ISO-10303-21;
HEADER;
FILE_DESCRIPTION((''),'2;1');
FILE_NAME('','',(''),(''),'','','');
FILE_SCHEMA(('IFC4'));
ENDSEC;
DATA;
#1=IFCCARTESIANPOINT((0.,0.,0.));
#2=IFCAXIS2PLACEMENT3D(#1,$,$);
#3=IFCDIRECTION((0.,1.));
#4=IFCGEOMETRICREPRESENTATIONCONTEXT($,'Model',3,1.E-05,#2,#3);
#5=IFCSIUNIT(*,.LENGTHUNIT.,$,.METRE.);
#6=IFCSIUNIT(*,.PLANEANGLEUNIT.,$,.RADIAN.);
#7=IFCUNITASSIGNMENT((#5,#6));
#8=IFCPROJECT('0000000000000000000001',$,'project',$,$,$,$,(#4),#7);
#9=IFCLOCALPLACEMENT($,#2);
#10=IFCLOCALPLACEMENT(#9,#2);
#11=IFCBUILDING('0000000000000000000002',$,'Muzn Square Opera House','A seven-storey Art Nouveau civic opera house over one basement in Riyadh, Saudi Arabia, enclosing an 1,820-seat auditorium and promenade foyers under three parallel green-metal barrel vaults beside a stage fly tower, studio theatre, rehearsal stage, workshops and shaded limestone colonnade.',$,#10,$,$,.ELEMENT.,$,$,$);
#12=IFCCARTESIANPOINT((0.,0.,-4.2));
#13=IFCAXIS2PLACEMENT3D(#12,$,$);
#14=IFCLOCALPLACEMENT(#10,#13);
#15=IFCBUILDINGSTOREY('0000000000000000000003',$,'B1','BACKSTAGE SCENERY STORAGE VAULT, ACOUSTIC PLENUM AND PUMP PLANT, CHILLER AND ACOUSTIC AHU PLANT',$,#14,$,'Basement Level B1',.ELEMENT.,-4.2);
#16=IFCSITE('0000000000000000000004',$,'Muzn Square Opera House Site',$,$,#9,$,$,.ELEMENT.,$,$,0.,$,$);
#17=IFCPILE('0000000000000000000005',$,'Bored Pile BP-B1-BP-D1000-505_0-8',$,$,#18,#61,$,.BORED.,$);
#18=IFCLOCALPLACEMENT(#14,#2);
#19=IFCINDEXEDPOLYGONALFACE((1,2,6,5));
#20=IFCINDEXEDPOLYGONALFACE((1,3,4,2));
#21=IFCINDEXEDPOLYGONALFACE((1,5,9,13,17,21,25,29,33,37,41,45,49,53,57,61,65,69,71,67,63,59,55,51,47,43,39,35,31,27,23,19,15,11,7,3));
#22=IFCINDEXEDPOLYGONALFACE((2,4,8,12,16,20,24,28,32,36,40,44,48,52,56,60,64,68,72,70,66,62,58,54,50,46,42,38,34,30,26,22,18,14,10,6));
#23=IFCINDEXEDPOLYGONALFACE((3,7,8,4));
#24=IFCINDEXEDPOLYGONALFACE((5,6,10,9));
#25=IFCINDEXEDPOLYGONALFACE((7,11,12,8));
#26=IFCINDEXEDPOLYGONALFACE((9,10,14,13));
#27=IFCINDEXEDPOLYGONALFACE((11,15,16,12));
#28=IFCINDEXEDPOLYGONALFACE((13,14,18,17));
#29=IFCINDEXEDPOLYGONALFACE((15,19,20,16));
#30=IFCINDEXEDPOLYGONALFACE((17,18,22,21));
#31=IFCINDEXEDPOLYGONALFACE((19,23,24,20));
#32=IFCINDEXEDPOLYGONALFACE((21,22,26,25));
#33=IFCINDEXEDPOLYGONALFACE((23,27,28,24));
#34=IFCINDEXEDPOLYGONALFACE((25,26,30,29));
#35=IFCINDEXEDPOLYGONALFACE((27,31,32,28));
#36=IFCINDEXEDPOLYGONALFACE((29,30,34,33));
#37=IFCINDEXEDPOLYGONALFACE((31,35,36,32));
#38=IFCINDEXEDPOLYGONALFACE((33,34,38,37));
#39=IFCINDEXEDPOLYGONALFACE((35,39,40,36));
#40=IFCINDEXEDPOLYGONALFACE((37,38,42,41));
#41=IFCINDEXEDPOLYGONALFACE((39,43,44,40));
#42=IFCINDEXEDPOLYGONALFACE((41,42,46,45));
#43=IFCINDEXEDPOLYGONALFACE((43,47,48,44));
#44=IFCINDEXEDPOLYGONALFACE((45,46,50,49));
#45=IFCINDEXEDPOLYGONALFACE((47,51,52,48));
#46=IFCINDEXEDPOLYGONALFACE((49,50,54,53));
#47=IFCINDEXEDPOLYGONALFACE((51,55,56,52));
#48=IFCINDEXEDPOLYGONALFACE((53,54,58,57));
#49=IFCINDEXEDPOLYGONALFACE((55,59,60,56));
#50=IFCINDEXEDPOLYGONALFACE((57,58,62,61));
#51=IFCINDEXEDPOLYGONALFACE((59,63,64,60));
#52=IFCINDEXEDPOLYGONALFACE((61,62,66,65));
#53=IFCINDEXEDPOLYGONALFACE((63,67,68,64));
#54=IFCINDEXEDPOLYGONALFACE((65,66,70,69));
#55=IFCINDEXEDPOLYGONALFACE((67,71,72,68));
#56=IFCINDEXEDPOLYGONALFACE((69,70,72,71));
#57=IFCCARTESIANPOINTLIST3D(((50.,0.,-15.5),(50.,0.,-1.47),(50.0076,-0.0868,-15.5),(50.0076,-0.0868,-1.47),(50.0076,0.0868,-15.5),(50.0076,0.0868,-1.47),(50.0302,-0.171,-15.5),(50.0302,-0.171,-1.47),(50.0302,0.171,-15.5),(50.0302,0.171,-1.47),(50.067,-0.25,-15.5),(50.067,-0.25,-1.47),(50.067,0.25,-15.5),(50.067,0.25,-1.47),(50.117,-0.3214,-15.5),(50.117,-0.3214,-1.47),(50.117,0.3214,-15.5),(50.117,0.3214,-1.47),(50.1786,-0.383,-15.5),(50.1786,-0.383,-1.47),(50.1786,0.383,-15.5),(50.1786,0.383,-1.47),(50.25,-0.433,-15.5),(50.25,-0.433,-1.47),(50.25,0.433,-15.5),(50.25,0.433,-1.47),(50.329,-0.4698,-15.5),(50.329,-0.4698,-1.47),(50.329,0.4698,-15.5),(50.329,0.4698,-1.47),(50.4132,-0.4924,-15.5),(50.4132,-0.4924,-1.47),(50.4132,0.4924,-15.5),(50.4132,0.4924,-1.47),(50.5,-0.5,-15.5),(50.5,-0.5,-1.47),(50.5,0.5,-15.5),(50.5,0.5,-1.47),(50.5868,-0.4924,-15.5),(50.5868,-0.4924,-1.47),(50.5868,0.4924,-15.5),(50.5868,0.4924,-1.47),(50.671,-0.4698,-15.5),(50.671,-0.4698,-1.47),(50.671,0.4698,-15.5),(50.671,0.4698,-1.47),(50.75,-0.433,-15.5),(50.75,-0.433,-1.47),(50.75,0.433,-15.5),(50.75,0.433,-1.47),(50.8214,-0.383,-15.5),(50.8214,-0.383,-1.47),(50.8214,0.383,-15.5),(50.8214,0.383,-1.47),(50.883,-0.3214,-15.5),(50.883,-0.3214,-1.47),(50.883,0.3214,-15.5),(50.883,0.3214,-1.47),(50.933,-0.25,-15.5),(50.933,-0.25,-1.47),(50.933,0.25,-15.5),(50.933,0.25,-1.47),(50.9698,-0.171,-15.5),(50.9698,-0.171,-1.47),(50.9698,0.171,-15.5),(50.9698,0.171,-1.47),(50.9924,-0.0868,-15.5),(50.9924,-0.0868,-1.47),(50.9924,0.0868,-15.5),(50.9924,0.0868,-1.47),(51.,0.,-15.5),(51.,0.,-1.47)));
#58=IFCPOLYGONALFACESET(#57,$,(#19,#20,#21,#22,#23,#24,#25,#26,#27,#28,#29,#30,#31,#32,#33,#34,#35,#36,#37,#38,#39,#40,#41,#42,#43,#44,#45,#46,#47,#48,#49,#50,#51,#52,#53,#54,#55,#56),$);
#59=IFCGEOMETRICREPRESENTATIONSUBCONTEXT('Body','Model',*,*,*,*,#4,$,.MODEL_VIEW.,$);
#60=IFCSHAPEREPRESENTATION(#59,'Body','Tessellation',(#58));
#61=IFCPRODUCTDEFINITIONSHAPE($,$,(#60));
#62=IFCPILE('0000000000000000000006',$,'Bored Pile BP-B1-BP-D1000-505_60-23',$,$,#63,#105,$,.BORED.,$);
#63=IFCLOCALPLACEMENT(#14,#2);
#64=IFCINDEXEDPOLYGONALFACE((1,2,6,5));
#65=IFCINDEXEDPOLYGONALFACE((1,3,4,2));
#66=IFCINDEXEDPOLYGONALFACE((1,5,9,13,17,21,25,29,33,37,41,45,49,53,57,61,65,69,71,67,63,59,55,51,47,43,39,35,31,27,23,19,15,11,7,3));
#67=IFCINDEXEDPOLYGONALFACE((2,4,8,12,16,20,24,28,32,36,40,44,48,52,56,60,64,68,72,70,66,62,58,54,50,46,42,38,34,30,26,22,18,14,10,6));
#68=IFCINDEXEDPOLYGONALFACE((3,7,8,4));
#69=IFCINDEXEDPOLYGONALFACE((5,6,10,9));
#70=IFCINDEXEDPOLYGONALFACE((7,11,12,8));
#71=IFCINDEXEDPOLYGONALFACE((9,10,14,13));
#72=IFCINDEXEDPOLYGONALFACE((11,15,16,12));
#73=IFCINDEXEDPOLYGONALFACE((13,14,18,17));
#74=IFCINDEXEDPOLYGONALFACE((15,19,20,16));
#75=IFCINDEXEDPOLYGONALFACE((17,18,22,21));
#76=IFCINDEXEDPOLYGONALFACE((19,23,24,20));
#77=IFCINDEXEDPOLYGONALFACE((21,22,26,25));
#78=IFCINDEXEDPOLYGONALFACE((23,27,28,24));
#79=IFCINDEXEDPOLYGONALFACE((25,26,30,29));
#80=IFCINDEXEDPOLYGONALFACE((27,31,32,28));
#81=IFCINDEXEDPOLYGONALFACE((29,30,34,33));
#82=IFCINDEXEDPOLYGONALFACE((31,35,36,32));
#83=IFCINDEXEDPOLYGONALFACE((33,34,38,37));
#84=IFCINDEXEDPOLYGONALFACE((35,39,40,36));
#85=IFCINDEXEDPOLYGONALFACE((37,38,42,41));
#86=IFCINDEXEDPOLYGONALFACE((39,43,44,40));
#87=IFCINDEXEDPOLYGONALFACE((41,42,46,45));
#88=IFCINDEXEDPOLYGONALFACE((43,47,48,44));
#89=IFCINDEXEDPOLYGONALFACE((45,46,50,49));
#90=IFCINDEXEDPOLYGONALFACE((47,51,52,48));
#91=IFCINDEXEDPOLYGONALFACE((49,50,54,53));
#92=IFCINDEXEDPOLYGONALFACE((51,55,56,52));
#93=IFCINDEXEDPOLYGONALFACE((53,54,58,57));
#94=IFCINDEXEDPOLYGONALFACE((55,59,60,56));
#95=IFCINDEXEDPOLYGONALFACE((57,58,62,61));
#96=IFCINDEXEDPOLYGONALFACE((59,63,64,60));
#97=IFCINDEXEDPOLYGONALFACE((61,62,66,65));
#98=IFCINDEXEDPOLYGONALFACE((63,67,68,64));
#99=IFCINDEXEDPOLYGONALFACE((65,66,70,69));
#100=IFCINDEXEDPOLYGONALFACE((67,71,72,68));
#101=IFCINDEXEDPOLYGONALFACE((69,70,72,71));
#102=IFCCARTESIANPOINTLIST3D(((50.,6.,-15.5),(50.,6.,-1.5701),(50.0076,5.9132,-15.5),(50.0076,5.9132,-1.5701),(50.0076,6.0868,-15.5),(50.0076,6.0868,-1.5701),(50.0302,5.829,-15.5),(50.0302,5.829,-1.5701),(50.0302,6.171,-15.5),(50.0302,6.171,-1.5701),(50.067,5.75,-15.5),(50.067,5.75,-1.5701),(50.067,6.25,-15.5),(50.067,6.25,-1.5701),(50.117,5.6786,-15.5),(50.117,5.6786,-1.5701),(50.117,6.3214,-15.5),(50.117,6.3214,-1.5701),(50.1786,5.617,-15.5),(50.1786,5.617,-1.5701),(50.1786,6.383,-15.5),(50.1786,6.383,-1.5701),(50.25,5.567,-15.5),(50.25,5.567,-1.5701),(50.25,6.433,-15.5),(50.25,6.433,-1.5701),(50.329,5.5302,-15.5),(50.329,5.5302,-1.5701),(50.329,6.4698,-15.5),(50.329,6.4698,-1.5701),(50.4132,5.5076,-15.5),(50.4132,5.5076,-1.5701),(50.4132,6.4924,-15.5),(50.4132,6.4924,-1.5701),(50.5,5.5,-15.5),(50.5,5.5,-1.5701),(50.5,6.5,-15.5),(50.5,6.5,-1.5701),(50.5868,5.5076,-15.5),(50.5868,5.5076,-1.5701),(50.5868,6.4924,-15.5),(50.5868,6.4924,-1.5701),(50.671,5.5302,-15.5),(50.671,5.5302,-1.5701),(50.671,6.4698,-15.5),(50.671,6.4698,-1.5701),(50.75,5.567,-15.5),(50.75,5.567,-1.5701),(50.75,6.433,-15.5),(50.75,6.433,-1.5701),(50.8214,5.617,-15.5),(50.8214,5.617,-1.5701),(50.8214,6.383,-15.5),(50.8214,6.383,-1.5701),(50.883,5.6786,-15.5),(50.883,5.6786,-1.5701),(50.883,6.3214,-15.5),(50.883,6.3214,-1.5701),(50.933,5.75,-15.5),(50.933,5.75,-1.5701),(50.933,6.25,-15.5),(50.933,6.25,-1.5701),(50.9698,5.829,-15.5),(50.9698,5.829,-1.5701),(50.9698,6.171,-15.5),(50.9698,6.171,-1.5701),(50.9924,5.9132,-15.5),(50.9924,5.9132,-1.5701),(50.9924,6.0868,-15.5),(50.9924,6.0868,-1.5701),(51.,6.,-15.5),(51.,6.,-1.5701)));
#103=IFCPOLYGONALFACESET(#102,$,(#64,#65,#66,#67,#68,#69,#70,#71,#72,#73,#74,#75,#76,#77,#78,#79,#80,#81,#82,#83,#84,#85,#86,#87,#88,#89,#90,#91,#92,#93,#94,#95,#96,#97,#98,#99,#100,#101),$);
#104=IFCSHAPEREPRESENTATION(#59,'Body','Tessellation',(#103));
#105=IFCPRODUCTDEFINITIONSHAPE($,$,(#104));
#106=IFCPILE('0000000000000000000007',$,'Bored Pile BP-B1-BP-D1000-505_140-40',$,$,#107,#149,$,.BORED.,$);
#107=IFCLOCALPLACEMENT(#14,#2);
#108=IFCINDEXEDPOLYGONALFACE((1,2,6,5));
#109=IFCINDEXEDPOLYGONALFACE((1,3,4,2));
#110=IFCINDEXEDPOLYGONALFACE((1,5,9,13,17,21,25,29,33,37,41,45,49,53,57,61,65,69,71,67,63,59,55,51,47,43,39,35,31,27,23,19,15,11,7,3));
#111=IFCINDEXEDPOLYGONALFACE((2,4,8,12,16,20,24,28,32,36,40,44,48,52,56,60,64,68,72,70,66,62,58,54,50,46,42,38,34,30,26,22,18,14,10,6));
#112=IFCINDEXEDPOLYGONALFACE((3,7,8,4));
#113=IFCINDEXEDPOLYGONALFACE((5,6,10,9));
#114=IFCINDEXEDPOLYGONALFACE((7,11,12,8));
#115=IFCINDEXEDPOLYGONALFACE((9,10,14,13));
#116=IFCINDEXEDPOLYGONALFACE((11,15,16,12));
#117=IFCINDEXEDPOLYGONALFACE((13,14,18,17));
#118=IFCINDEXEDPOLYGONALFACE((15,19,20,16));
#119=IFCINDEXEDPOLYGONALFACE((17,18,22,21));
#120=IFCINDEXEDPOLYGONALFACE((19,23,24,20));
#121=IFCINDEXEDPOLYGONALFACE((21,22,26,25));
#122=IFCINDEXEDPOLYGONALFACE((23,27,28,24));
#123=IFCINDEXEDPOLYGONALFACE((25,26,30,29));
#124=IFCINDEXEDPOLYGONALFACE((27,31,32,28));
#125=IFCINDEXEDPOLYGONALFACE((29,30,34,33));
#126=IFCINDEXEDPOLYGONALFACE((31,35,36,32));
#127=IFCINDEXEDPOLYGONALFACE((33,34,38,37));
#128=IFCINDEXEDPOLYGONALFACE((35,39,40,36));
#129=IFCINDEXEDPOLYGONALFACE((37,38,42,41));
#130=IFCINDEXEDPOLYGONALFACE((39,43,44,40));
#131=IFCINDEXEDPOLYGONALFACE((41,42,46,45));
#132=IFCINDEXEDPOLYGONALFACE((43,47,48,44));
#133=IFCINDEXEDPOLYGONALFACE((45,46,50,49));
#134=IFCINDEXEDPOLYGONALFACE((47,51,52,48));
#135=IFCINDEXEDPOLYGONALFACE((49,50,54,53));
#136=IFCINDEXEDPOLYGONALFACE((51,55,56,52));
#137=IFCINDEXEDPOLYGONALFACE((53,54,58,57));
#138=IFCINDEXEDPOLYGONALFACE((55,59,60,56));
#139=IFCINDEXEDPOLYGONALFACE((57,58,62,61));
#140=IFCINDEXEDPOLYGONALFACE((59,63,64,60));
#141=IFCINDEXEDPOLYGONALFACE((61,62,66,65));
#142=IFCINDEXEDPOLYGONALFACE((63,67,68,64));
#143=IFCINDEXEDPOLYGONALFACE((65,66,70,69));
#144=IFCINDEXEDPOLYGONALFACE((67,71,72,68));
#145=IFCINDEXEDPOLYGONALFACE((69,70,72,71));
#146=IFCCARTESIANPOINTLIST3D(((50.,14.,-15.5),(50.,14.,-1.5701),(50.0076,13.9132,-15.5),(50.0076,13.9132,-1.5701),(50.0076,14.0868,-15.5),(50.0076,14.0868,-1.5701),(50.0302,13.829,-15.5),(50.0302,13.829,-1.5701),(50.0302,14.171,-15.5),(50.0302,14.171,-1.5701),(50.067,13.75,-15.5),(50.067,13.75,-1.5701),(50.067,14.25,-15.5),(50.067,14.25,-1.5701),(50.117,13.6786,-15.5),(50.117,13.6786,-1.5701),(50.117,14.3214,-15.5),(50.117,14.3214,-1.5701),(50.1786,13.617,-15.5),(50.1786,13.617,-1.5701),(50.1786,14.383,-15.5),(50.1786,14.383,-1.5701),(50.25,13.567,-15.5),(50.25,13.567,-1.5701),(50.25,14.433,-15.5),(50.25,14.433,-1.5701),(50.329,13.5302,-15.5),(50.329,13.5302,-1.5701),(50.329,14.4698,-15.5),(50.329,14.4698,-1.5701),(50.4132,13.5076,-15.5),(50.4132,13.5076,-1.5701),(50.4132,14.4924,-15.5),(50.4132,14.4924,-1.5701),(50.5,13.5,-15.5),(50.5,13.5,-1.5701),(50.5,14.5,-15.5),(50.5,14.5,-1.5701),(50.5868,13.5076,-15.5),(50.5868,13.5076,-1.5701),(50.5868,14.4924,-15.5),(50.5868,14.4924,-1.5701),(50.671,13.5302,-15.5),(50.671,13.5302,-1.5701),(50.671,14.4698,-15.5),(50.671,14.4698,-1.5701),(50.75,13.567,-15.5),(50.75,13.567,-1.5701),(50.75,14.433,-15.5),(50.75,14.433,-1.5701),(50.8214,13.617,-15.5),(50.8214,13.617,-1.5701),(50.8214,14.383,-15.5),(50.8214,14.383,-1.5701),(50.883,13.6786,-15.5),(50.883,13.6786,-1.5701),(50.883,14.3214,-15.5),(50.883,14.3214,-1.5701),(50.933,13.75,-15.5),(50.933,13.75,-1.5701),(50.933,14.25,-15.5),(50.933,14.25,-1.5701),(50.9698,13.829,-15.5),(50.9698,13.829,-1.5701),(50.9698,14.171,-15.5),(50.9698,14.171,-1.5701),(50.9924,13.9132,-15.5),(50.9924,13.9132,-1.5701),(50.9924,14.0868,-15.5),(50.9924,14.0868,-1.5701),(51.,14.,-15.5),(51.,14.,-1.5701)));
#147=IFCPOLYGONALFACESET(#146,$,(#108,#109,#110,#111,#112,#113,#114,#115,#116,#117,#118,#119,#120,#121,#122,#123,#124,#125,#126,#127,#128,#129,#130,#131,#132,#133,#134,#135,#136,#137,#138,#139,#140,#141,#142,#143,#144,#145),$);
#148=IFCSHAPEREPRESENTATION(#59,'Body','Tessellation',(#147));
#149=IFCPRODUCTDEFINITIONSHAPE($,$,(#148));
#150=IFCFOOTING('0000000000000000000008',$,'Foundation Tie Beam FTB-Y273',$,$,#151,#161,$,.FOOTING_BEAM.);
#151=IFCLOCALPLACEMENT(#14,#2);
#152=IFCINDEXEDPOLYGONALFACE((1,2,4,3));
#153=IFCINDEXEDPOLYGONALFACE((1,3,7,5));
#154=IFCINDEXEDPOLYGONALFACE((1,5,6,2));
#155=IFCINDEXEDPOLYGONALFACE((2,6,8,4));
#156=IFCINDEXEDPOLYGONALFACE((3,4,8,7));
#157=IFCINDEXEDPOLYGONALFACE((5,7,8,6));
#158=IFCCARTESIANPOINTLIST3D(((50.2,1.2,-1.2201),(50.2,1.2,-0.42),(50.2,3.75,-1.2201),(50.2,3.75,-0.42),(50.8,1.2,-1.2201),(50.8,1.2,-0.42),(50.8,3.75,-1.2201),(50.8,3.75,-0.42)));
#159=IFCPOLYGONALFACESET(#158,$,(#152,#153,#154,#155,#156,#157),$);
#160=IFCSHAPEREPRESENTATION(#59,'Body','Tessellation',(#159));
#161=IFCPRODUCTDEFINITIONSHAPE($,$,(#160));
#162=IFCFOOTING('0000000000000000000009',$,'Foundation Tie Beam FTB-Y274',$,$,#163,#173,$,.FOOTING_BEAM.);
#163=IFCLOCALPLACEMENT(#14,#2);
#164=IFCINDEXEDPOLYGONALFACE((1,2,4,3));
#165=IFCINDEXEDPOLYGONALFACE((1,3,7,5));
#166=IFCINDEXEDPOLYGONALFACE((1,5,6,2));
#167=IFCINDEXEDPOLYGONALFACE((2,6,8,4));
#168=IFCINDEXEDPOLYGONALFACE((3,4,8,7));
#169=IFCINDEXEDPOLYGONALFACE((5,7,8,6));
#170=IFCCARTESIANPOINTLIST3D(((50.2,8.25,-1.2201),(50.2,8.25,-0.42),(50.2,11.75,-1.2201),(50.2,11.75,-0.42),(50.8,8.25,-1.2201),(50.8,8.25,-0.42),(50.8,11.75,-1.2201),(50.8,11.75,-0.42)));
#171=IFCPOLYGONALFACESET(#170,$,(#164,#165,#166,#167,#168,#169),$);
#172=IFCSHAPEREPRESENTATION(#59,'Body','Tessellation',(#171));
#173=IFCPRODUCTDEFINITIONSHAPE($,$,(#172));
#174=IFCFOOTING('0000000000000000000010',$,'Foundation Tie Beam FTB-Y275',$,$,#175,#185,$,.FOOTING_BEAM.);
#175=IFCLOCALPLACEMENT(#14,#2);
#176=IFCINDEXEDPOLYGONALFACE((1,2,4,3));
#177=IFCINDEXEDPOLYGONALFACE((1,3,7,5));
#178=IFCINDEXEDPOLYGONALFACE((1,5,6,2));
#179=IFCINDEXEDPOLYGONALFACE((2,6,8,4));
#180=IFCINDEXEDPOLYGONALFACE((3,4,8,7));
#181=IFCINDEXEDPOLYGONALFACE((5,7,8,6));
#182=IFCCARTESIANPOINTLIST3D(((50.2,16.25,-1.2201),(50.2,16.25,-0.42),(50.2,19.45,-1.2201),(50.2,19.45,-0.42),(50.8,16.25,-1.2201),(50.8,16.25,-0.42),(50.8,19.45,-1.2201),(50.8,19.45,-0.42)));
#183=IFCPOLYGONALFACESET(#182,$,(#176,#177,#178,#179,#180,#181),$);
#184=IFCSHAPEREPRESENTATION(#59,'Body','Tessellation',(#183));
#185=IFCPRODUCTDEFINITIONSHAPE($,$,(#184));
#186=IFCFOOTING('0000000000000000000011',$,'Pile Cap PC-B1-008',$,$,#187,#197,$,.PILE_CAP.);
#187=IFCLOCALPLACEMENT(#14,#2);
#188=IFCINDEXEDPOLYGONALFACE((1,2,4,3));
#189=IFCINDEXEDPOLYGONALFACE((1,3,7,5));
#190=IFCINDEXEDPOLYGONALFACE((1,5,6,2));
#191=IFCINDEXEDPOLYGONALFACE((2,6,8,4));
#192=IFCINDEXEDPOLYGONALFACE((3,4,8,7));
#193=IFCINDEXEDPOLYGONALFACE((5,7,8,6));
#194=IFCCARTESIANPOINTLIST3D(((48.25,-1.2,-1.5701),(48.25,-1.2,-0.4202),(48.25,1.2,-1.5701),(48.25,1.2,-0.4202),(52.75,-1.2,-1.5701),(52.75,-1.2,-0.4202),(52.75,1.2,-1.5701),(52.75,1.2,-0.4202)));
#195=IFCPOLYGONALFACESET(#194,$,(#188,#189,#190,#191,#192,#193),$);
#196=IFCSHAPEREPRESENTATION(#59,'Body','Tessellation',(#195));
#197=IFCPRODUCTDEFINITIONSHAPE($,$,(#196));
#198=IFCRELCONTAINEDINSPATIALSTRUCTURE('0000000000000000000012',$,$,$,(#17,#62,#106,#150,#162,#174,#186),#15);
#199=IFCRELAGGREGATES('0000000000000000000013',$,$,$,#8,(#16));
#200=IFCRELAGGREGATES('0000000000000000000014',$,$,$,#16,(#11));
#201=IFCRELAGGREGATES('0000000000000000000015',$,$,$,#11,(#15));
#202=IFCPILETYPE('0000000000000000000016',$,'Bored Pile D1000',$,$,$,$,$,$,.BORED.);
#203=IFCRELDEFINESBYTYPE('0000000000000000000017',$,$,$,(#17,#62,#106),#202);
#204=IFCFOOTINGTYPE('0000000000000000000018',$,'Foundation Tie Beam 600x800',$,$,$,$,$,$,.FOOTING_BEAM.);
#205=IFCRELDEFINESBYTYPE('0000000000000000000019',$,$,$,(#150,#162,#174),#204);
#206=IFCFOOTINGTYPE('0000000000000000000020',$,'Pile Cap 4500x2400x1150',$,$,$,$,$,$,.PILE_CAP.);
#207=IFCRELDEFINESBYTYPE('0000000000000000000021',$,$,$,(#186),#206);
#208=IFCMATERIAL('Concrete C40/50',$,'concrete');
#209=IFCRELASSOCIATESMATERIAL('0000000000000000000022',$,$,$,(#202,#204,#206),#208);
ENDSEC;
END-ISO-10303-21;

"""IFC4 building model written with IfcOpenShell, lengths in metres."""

from ifc_helpers import new_model, si_unit, direction, frame, origin, origin_2d, place, context, subcontext, project, spatial, rectangle, circle, extrude, material, material_profile, profile_set, type_object, element, save


model = new_model("IFC4")

# Units and contexts
model_context = context("Model", 3, precision=1e-05, world=origin(), true_north=direction((0.0, 1.0)))
body_context = subcontext(model_context, "Body", "Model", "MODEL_VIEW")
ifc_project = project(units=[si_unit("LENGTHUNIT", "METRE"), si_unit("PLANEANGLEUNIT", "RADIAN")], contexts=[model_context])

# Site, building, storey
site_placement = place(None, origin())
site = spatial("IfcSite", under=ifc_project, at=site_placement, Name="Muzn Square Opera House Site", CompositionType="ELEMENT", RefElevation=0.0)
building_placement = place(site_placement, origin())
building = spatial("IfcBuilding", under=site, at=building_placement, Name="Muzn Square Opera House", Description="A seven-storey Art Nouveau civic opera house over one basement in Riyadh, Saudi Arabia, enclosing an 1,820-seat auditorium and promenade foyers under three parallel green-metal barrel vaults beside a stage fly tower, studio theatre, rehearsal stage, workshops and shaded limestone colonnade.", CompositionType="ELEMENT")
storey_placement = place(building_placement, frame((0.0, 0.0, -4.2)))
storey = spatial("IfcBuildingStorey", under=building, at=storey_placement, Name="B1", Description="BACKSTAGE SCENERY STORAGE VAULT, ACOUSTIC PLENUM AND PUMP PLANT, CHILLER AND ACOUSTIC AHU PLANT", LongName="Basement Level B1", CompositionType="ELEMENT", Elevation=-4.2)

# Piles
ifc_material_1 = material(Name="Concrete C40/50", Category="concrete")
ifc_material_profile_1 = material_profile(ifc_material_1, circle(Radius=0.5, at=origin_2d()), Name="BORED PILE D1000", Category="concrete")
ifc_profile_set_1 = profile_set([ifc_material_profile_1], Name="Concrete C40/50")
pile_type = type_object("IfcPileType", Name="Bored Pile D1000", PredefinedType="BORED", material=ifc_profile_set_1)
pile_placement = place(storey_placement, frame((50.5, 0.0, -1.47), z_axis=(0.0, 0.0, -1.0), x_axis=(1.0, 0.0, 0.0)))
element("IfcPile", 1, at=pile_placement, inside=storey, type_object=pile_type, Name="Bored Pile BP-B1-BP-D1000-505_0-8", PredefinedType="BORED", context=body_context, shape_type="SweptSolid", body=[
    extrude(circle(Radius=0.5, at=origin_2d()), origin(), (0.0, 0.0, 1.0), 14.03),
])
for number, where, z_axis, x_axis, name in (
    (2, (50.5, 6.0, -1.5701), (0.0, 0.0, -1.0), (1.0, 0.0, 0.0), "Bored Pile BP-B1-BP-D1000-505_60-23"),
    (3, (50.5, 14.0, -1.5701), (0.0, 0.0, -1.0), (1.0, 0.0, 0.0), "Bored Pile BP-B1-BP-D1000-505_140-40"),
):
    element("IfcPile", number, at=place(storey_placement, frame(where, z_axis=z_axis, x_axis=x_axis)), inside=storey, type_object=pile_type, Name=name, PredefinedType="BORED", context=body_context, shape_type="SweptSolid", body=[
        extrude(circle(Radius=0.5, at=origin_2d()), origin(), (0.0, 0.0, 1.0), 13.9299),
    ])

# Footings
ifc_material_profile_2 = material_profile(ifc_material_1, rectangle(XDim=0.6001, YDim=0.8, at=origin_2d()), Name="RCTB 600x800", Category="concrete")
ifc_profile_set_2 = profile_set([ifc_material_profile_2], Name="Concrete C40/50")
footing_type_1 = type_object("IfcFootingType", Name="Foundation Tie Beam 600x800", PredefinedType="FOOTING_BEAM", material=ifc_profile_set_2)
footing_1_placement = place(storey_placement, frame((50.5, 1.2, -0.8201), z_axis=(0.0, 1.0, 0.0), x_axis=(-1.0, 0.0, 0.0)))
element("IfcFooting", 4, at=footing_1_placement, inside=storey, type_object=footing_type_1, Name="Foundation Tie Beam FTB-Y273", PredefinedType="FOOTING_BEAM", context=body_context, shape_type="SweptSolid", body=[
    extrude(rectangle(XDim=0.6001, YDim=0.8, at=origin_2d()), origin(), (0.0, 0.0, 1.0), 2.55),
])
footing_2_placement = place(storey_placement, frame((50.5, 8.25, -0.8201), z_axis=(0.0, 1.0, 0.0), x_axis=(-1.0, 0.0, 0.0)))
element("IfcFooting", 5, at=footing_2_placement, inside=storey, type_object=footing_type_1, Name="Foundation Tie Beam FTB-Y274", PredefinedType="FOOTING_BEAM", context=body_context, shape_type="SweptSolid", body=[
    extrude(rectangle(XDim=0.6001, YDim=0.8, at=origin_2d()), origin(), (0.0, 0.0, 1.0), 3.5),
])
footing_3_placement = place(storey_placement, frame((50.5, 16.25, -0.8201), z_axis=(0.0, 1.0, 0.0), x_axis=(-1.0, 0.0, 0.0)))
element("IfcFooting", 6, at=footing_3_placement, inside=storey, type_object=footing_type_1, Name="Foundation Tie Beam FTB-Y275", PredefinedType="FOOTING_BEAM", context=body_context, shape_type="SweptSolid", body=[
    extrude(rectangle(XDim=0.6001, YDim=0.8, at=origin_2d()), origin(), (0.0, 0.0, 1.0), 3.2),
])
footing_type_2 = type_object("IfcFootingType", Name="Pile Cap 4500x2400x1150", PredefinedType="PILE_CAP", material=ifc_material_1)
footing_4_placement = place(storey_placement, frame((50.5, 0.0, -1.5701), z_axis=(0.0, 0.0, 1.0), x_axis=(1.0, 0.0, 0.0)))
element("IfcFooting", 7, at=footing_4_placement, inside=storey, type_object=footing_type_2, Name="Pile Cap PC-B1-008", PredefinedType="PILE_CAP", context=body_context, shape_type="SweptSolid", body=[
    extrude(rectangle(XDim=4.5, YDim=2.3999, at=origin_2d()), origin(), (0.0, 0.0, 1.0), 1.1499),
])

save(model, "model.ifc")
